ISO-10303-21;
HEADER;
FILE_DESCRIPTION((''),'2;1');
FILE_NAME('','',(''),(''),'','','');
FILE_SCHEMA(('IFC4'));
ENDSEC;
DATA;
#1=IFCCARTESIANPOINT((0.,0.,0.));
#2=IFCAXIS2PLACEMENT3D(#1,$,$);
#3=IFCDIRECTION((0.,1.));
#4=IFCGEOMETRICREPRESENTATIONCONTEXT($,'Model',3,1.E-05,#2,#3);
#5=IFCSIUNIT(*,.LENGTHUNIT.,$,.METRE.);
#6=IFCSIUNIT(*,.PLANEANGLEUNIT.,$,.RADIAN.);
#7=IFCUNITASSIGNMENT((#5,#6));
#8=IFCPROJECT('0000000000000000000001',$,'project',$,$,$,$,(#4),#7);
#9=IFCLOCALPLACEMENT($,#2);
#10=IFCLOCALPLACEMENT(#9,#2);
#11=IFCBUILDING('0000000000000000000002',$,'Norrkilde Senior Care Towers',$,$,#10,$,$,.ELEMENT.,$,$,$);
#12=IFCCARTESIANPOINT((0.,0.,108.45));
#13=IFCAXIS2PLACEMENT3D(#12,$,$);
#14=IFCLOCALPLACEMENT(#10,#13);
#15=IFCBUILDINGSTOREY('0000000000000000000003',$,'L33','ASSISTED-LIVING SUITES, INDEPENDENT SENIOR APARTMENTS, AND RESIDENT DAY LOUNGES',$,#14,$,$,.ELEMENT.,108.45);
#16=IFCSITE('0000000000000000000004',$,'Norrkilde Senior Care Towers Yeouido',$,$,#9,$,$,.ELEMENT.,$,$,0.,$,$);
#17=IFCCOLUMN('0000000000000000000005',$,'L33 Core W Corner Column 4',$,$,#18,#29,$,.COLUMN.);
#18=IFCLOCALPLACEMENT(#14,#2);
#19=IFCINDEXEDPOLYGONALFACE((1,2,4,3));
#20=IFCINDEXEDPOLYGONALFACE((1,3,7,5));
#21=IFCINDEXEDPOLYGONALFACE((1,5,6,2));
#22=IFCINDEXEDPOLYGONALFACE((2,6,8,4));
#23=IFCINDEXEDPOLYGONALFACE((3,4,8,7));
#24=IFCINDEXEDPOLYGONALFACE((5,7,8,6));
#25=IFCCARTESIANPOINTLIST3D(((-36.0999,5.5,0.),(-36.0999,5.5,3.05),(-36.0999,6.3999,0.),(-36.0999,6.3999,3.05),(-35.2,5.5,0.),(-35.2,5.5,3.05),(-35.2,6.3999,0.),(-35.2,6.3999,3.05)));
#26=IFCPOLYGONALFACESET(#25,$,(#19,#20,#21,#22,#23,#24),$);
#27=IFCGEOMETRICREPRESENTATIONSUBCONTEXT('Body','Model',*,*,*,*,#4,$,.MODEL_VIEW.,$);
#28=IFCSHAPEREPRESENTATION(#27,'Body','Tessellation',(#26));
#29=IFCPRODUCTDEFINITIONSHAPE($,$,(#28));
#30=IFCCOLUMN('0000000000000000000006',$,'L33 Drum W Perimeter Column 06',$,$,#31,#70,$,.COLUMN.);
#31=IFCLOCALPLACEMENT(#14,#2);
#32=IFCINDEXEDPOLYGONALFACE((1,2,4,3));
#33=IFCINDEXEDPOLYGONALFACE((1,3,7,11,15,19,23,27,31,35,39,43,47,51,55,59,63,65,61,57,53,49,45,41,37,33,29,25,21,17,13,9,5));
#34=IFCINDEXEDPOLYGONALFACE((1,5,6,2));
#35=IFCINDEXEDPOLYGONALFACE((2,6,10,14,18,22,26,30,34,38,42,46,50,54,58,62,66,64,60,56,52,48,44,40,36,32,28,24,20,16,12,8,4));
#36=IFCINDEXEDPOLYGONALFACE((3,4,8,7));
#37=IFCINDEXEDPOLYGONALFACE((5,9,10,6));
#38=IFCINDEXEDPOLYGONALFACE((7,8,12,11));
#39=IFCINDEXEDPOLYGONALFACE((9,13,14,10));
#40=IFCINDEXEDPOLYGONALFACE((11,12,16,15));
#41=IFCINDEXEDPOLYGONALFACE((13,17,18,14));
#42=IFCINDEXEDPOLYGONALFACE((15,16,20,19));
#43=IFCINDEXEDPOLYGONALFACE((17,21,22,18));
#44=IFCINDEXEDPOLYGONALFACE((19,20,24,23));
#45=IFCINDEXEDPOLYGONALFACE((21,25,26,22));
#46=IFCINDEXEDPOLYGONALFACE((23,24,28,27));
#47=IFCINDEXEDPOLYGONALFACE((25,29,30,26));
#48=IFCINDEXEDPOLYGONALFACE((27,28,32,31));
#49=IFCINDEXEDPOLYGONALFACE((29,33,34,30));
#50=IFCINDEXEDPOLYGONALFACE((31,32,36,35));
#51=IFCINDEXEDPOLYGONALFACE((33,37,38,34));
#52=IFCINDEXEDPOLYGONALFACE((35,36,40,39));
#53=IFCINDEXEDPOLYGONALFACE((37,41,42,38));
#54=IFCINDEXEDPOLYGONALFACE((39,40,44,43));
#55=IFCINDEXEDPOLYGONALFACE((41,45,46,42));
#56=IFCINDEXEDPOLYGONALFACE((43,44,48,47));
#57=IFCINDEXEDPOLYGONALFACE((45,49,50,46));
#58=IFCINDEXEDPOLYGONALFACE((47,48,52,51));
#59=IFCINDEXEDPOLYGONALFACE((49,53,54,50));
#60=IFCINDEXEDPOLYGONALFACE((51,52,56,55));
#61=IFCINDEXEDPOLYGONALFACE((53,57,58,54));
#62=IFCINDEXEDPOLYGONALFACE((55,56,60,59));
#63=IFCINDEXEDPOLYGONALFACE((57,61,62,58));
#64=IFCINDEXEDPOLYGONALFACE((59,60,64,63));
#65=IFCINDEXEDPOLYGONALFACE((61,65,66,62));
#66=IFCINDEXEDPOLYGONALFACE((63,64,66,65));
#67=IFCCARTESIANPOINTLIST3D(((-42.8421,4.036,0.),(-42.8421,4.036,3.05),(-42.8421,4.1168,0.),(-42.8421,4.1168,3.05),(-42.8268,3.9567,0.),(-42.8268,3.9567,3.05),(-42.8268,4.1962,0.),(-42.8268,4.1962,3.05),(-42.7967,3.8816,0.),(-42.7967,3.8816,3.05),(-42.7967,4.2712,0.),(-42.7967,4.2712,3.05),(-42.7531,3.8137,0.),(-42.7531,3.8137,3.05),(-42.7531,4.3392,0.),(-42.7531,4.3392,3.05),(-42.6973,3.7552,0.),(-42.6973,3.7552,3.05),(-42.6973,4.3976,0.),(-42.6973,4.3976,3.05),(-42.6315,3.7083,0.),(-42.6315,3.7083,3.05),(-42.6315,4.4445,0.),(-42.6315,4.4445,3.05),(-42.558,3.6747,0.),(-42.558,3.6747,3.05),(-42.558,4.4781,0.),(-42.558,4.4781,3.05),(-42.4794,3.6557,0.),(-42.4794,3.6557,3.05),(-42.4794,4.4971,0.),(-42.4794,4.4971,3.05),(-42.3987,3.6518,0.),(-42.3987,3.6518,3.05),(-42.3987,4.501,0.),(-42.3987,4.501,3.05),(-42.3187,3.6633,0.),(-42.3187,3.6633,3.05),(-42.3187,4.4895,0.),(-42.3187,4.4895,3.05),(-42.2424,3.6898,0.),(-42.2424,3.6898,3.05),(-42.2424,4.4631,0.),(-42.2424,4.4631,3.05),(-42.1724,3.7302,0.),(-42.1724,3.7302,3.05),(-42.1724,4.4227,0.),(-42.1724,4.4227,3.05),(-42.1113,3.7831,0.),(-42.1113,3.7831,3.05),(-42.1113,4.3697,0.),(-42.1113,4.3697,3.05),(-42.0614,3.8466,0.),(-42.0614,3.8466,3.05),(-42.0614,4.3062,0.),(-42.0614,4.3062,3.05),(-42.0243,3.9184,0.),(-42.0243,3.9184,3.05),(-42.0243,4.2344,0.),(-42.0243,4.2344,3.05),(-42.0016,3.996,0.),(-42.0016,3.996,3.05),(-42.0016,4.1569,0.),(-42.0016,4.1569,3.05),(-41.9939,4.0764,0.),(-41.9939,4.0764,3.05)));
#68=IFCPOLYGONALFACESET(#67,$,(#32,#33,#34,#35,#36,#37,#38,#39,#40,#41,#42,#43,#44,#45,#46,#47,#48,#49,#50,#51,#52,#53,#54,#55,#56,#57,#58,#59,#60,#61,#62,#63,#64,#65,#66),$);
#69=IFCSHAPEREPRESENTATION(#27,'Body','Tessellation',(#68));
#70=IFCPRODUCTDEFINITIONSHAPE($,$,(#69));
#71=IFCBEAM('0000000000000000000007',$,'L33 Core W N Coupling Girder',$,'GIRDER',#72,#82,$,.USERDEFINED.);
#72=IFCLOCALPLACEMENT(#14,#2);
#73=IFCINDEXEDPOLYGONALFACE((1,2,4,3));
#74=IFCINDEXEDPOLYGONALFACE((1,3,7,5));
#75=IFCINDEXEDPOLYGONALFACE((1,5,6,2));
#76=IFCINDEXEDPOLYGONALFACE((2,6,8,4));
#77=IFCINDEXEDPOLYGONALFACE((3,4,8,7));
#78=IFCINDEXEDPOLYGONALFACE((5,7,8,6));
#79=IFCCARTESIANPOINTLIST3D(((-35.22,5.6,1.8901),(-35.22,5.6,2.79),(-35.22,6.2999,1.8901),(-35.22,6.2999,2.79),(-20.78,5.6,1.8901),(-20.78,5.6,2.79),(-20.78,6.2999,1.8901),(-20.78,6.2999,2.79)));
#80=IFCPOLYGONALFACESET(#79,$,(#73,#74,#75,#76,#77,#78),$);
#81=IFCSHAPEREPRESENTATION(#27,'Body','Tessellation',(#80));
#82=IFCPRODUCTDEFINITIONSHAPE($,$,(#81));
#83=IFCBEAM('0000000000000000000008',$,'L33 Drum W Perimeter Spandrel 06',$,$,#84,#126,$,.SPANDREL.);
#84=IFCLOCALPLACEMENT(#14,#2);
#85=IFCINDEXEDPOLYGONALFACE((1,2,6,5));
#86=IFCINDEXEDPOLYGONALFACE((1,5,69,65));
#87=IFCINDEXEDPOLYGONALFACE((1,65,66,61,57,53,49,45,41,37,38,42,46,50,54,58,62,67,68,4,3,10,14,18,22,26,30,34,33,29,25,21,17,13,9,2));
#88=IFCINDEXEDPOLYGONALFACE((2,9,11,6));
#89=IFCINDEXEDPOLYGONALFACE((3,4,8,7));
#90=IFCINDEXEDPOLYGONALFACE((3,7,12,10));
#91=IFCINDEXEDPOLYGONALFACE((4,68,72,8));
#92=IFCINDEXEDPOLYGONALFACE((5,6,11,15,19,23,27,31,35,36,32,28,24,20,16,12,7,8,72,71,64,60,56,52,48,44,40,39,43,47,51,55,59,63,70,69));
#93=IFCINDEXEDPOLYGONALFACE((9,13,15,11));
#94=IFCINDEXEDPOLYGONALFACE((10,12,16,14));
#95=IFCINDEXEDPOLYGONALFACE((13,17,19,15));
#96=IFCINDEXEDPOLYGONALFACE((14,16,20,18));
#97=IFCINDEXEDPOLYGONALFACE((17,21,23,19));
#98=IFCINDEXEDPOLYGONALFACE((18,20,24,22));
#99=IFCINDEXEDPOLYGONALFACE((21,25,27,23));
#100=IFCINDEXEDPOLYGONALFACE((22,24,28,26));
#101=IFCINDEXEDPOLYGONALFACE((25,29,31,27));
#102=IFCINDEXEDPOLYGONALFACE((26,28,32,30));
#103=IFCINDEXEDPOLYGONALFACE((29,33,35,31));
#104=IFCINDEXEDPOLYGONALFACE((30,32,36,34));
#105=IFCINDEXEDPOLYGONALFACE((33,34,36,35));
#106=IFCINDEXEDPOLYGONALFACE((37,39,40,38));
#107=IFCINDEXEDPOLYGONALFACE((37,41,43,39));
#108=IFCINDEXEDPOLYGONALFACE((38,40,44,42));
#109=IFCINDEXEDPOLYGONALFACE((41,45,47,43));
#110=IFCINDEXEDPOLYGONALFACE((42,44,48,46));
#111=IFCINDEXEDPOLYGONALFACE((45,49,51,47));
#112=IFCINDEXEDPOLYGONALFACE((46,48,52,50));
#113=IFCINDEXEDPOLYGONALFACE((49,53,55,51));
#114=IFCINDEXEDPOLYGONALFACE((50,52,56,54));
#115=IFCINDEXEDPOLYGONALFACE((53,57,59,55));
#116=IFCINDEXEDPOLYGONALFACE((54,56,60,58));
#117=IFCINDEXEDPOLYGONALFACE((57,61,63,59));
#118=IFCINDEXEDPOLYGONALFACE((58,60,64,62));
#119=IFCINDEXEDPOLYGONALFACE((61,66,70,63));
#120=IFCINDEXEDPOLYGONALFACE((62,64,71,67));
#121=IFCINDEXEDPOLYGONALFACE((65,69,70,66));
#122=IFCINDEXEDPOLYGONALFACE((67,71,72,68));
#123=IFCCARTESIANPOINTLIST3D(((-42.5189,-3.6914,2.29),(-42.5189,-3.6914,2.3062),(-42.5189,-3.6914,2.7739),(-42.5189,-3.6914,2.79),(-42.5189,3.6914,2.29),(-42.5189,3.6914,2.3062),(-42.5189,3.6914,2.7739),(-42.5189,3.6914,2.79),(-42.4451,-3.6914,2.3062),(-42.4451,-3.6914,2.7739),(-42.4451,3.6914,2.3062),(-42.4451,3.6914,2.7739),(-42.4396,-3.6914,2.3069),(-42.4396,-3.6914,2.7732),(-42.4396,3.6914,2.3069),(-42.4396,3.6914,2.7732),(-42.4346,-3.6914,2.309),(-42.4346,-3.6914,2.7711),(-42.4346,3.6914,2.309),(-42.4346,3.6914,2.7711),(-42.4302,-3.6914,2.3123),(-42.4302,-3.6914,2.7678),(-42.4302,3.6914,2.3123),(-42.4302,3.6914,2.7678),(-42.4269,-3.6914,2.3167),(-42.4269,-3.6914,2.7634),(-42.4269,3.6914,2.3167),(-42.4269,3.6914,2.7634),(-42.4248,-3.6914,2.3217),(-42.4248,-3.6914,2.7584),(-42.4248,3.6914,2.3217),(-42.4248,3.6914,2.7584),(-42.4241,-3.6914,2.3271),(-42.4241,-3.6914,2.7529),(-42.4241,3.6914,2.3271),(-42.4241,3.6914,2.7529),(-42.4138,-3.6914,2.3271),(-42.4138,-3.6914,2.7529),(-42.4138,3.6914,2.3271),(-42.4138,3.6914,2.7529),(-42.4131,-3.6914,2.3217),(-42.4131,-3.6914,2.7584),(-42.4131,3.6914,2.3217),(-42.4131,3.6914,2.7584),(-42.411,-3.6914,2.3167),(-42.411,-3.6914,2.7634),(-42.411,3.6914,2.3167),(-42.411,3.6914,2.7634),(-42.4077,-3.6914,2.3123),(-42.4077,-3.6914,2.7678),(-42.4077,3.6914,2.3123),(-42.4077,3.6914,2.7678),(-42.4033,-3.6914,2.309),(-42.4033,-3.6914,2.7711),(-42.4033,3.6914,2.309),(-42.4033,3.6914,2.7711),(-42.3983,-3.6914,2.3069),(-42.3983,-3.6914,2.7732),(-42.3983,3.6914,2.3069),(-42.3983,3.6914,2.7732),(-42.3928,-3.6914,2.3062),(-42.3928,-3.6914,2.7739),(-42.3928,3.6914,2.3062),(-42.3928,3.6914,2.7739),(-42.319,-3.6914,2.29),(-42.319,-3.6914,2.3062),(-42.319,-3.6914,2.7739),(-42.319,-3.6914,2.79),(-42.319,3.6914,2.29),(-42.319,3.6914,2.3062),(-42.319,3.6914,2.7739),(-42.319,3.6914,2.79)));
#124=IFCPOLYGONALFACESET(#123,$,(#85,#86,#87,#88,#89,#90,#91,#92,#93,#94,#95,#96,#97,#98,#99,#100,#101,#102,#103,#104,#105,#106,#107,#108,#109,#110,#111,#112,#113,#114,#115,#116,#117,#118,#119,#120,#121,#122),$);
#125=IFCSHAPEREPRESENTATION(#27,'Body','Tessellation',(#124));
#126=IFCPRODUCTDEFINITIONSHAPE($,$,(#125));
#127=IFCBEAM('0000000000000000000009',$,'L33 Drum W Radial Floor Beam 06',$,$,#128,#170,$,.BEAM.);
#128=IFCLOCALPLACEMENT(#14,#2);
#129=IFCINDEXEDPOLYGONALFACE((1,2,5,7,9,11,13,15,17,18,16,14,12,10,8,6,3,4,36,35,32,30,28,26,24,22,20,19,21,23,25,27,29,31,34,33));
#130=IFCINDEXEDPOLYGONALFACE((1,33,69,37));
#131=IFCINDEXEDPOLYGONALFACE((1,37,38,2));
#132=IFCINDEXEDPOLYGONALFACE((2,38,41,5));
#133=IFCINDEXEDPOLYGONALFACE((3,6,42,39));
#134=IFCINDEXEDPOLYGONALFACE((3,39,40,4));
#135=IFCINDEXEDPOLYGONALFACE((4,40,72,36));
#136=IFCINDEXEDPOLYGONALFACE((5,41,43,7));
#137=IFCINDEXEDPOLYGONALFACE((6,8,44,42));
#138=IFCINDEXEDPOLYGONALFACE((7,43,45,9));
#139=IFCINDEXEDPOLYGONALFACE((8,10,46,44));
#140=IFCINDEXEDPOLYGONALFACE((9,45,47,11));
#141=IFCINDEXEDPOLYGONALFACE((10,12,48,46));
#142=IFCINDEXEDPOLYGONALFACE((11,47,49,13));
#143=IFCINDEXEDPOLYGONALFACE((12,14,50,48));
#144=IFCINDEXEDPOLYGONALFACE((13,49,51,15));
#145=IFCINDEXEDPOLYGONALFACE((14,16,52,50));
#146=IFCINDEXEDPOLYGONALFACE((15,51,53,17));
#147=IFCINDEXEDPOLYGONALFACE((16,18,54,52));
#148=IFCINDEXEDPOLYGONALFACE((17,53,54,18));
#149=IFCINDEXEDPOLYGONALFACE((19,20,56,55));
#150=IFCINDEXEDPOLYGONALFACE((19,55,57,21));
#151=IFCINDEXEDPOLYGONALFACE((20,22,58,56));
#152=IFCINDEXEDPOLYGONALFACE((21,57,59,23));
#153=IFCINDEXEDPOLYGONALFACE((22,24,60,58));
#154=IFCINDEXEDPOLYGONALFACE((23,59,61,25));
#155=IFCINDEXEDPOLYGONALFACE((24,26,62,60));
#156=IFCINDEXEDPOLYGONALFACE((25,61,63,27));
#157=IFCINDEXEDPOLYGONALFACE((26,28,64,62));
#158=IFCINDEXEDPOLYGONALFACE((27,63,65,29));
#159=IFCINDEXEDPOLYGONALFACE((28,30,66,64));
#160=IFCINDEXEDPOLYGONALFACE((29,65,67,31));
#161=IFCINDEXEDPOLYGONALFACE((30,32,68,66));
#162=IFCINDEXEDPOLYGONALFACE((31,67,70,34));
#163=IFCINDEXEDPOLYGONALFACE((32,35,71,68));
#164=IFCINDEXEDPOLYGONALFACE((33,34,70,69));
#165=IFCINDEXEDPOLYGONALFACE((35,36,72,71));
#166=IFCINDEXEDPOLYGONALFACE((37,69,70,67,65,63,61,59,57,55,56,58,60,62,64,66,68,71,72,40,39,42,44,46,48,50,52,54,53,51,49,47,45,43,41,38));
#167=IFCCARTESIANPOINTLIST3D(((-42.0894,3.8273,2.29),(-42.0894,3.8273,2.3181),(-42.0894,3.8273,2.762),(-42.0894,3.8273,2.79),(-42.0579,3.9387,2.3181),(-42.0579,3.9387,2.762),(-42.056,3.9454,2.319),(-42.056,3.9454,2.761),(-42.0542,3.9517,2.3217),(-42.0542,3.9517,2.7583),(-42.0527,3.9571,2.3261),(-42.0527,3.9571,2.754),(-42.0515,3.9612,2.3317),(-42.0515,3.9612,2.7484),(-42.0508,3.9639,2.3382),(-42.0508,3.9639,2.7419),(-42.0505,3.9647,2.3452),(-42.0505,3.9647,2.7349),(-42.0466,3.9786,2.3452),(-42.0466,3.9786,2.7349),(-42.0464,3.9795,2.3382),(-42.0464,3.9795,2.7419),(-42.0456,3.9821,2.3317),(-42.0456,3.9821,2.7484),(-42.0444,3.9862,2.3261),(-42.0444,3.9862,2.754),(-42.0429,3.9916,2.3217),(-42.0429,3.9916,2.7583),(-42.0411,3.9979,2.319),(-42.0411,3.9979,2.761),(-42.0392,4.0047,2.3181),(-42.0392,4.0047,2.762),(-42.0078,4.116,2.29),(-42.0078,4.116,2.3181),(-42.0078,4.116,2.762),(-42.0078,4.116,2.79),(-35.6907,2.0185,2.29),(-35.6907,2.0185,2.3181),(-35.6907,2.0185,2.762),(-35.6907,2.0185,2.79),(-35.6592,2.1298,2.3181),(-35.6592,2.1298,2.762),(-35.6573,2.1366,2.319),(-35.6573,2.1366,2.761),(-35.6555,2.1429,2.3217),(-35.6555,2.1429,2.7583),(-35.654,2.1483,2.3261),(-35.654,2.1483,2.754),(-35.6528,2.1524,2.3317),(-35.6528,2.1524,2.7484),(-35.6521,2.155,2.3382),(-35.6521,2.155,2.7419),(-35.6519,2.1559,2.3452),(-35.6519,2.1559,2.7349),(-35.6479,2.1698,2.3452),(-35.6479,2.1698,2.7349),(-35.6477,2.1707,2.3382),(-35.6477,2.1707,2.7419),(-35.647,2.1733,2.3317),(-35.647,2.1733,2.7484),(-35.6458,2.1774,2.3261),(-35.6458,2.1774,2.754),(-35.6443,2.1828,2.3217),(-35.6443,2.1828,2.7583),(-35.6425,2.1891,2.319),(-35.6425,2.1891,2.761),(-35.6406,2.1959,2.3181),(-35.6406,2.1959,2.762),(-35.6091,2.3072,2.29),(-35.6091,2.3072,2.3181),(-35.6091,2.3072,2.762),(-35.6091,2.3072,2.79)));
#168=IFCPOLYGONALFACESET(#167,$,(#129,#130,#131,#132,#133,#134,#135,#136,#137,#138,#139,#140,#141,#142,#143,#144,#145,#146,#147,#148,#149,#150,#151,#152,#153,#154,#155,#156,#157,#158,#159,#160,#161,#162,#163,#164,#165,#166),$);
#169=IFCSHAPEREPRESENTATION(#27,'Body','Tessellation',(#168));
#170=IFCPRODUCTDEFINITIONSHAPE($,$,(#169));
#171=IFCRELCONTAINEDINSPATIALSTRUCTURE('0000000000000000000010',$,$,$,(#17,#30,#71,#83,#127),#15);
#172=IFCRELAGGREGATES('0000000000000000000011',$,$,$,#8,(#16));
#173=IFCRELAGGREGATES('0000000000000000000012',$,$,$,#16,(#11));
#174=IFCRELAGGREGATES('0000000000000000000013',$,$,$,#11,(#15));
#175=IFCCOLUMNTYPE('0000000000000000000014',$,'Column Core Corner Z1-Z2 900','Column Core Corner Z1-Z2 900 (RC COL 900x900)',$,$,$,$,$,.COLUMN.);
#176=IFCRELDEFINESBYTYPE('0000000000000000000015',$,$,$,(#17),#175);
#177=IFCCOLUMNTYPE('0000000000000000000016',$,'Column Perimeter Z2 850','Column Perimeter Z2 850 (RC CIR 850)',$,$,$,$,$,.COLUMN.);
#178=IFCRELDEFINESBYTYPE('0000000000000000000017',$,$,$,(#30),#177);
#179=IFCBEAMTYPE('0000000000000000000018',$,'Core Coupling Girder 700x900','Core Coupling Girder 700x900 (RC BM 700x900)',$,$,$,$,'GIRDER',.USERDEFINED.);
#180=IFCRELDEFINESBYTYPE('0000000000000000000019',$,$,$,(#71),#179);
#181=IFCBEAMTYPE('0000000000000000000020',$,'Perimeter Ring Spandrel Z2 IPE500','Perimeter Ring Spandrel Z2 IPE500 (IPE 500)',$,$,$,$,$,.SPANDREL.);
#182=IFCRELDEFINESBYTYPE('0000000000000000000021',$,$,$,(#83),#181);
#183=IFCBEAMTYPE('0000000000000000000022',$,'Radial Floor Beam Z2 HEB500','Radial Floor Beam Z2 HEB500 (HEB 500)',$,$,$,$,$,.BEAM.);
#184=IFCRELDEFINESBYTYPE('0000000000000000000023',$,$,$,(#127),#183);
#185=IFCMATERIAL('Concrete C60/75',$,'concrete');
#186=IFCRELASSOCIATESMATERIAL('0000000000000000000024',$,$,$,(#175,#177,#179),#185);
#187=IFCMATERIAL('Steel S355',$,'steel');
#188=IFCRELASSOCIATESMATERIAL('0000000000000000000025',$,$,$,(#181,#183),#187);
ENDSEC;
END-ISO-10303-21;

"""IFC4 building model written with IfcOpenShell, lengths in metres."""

from ifc_helpers import new_model, si_unit, direction, frame, origin, origin_2d, place, context, subcontext, project, spatial, rectangle, circle, i_section, extrude, source, transform, mapped, material, material_profile, profile_set, type_object, type_shapes, element, save


model = new_model("IFC4")

# Units and contexts
model_context = context("Model", 3, precision=1e-05, world=origin(), true_north=direction((0.0, 1.0)))
body_context = subcontext(model_context, "Body", "Model", "MODEL_VIEW")
ifc_project = project(units=[si_unit("LENGTHUNIT", "METRE"), si_unit("PLANEANGLEUNIT", "RADIAN")], contexts=[model_context])

# Site, building, storey
site_placement = place(None, origin())
site = spatial("IfcSite", under=ifc_project, at=site_placement, Name="Norrkilde Senior Care Towers Yeouido", CompositionType="ELEMENT", RefElevation=0.0)
building_placement = place(site_placement, origin())
building = spatial("IfcBuilding", under=site, at=building_placement, Name="Norrkilde Senior Care Towers", CompositionType="ELEMENT")
storey_placement = place(building_placement, frame((0.0, 0.0, 108.45)))
storey = spatial("IfcBuildingStorey", under=building, at=storey_placement, Name="L33", Description="ASSISTED-LIVING SUITES, INDEPENDENT SENIOR APARTMENTS, AND RESIDENT DAY LOUNGES", CompositionType="ELEMENT", Elevation=108.45)

# Columns
ifc_material_1 = material(Name="Concrete C60/75", Category="concrete")
ifc_material_profile_1 = material_profile(ifc_material_1, rectangle(XDim=0.8999, YDim=0.8999, at=origin_2d()), Name="RC COL 900x900")
ifc_profile_set_1 = profile_set([ifc_material_profile_1], Name="Concrete C60/75")
column_type_1 = type_object("IfcColumnType", Name="Column Core Corner Z1-Z2 900", Description="Column Core Corner Z1-Z2 900 (RC COL 900x900)", PredefinedType="COLUMN", material=ifc_profile_set_1)
shared_shape_1 = source(origin(), body_context, "Body", "SweptSolid", [
    extrude(rectangle(XDim=0.8999, YDim=0.8999, at=origin_2d()), origin(), (0.0, 0.0, 1.0), 3.05),
])
type_shapes(column_type_1, [shared_shape_1])
column_1_placement = place(storey_placement, frame((-35.6499, 5.95, 0.0), z_axis=(0.0, 0.0, 1.0), x_axis=(1.0, 0.0, 0.0)))
element("IfcColumn", 1, at=column_1_placement, inside=storey, type_object=column_type_1, Name="L33 Core W Corner Column 4", PredefinedType="COLUMN", context=body_context, shape_type="MappedRepresentation", body=[
    mapped(shared_shape_1, transform((0.0, 0.0, 0.0), x_axis=(1.0, 0.0, 0.0), y_axis=(0.0, 1.0, 0.0), z_axis=(0.0, 0.0, 1.0), scale=1.0)),
])
ifc_material_profile_2 = material_profile(ifc_material_1, circle(Radius=0.425, at=origin_2d()), Name="RC CIR 850")
ifc_profile_set_2 = profile_set([ifc_material_profile_2], Name="Concrete C60/75")
column_type_2 = type_object("IfcColumnType", Name="Column Perimeter Z2 850", Description="Column Perimeter Z2 850 (RC CIR 850)", PredefinedType="COLUMN", material=ifc_profile_set_2)
shared_shape_2 = source(origin(), body_context, "Body", "SweptSolid", [
    extrude(circle(Radius=0.425, at=origin_2d()), origin(), (0.0, 0.0, 1.0), 3.05),
])
type_shapes(column_type_2, [shared_shape_2])
column_2_placement = place(storey_placement, frame((-42.4189, 4.0764, 0.0), z_axis=(0.0, 0.0, 1.0), x_axis=(1.0, 0.0, 0.0)))
element("IfcColumn", 2, at=column_2_placement, inside=storey, type_object=column_type_2, Name="L33 Drum W Perimeter Column 06", PredefinedType="COLUMN", context=body_context, shape_type="MappedRepresentation", body=[
    mapped(shared_shape_2, transform((0.0, 0.0, 0.0), x_axis=(1.0, 0.0, 0.0), y_axis=(0.0, 1.0, 0.0), z_axis=(0.0, 0.0, 1.0), scale=1.0)),
])

# Beams
ifc_material_profile_3 = material_profile(ifc_material_1, rectangle(XDim=0.7, YDim=0.8999, at=origin_2d()), Name="RC BM 700x900")
ifc_profile_set_3 = profile_set([ifc_material_profile_3], Name="Concrete C60/75")
beam_type_1 = type_object("IfcBeamType", Name="Core Coupling Girder 700x900", Description="Core Coupling Girder 700x900 (RC BM 700x900)", ElementType="GIRDER", PredefinedType="USERDEFINED", material=ifc_profile_set_3)
shared_shape_3 = source(origin(), body_context, "Body", "SweptSolid", [
    extrude(rectangle(XDim=0.7, YDim=0.8999, at=origin_2d()), origin(), (0.0, 0.0, 1.0), 14.4399),
])
type_shapes(beam_type_1, [shared_shape_3])
beam_1_placement = place(storey_placement, frame((-35.22, 5.95, 2.3401), z_axis=(1.0, 0.0, 0.0), x_axis=(0.0, 1.0, 0.0)))
element("IfcBeam", 3, at=beam_1_placement, inside=storey, type_object=beam_type_1, Name="L33 Core W N Coupling Girder", ObjectType="GIRDER", PredefinedType="USERDEFINED", context=body_context, shape_type="MappedRepresentation", body=[
    mapped(shared_shape_3, transform((0.0, 0.0, 0.0), x_axis=(1.0, 0.0, 0.0), y_axis=(0.0, 1.0, 0.0), z_axis=(0.0, 0.0, 1.0), scale=1.0)),
])
ifc_material_2 = material(Name="Steel S355", Category="steel")
ifc_material_profile_4 = material_profile(ifc_material_2, i_section(OverallWidth=0.2, OverallDepth=0.5, WebThickness=0.0103, FlangeThickness=0.0161, FilletRadius=0.021, at=origin_2d()), Name="IPE 500")
ifc_profile_set_4 = profile_set([ifc_material_profile_4], Name="Steel S355")
beam_type_2 = type_object("IfcBeamType", Name="Perimeter Ring Spandrel Z2 IPE500", Description="Perimeter Ring Spandrel Z2 IPE500 (IPE 500)", PredefinedType="SPANDREL", material=ifc_profile_set_4)
shared_shape_4 = source(origin(), body_context, "Body", "SweptSolid", [
    extrude(i_section(OverallWidth=0.2, OverallDepth=0.5, WebThickness=0.0103, FlangeThickness=0.0161, FilletRadius=0.021, at=origin_2d()), origin(), (0.0, 0.0, 1.0), 7.3828),
])
type_shapes(beam_type_2, [shared_shape_4])
beam_2_placement = place(storey_placement, frame((-42.4189, 3.6914, 2.54), z_axis=(0.0, -1.0, 0.0), x_axis=(1.0, 0.0, 0.0)))
element("IfcBeam", 4, at=beam_2_placement, inside=storey, type_object=beam_type_2, Name="L33 Drum W Perimeter Spandrel 06", PredefinedType="SPANDREL", context=body_context, shape_type="MappedRepresentation", body=[
    mapped(shared_shape_4, transform((0.0, 0.0, 0.0), x_axis=(1.0, 0.0, 0.0), y_axis=(0.0, 1.0, 0.0), z_axis=(0.0, 0.0, 1.0), scale=1.0)),
])
ifc_material_profile_5 = material_profile(ifc_material_2, i_section(OverallWidth=0.3, OverallDepth=0.5, WebThickness=0.0144, FlangeThickness=0.0281, FilletRadius=0.0271, at=origin_2d()), Name="HEB 500")
ifc_profile_set_5 = profile_set([ifc_material_profile_5], Name="Steel S355")
beam_type_3 = type_object("IfcBeamType", Name="Radial Floor Beam Z2 HEB500", Description="Radial Floor Beam Z2 HEB500 (HEB 500)", PredefinedType="BEAM", material=ifc_profile_set_5)
shared_shape_5 = source(origin(), body_context, "Body", "SweptSolid", [
    extrude(i_section(OverallWidth=0.3, OverallDepth=0.5, WebThickness=0.0144, FlangeThickness=0.0281, FilletRadius=0.0271, at=origin_2d()), origin(), (0.0, 0.0, 1.0), 6.6494),
])
type_shapes(beam_type_3, [shared_shape_5])
beam_3_placement = place(storey_placement, frame((-35.6499, 2.1628, 2.54), z_axis=(-0.962289, 0.272029, 0.0), x_axis=(-0.272029, -0.962289, 0.0)))
element("IfcBeam", 5, at=beam_3_placement, inside=storey, type_object=beam_type_3, Name="L33 Drum W Radial Floor Beam 06", PredefinedType="BEAM", context=body_context, shape_type="MappedRepresentation", body=[
    mapped(shared_shape_5, transform((0.0, 0.0, 0.0), x_axis=(1.0, 0.0, 0.0), y_axis=(0.0, 1.0, 0.0), z_axis=(0.0, 0.0, 1.0), scale=1.0)),
])

save(model, "model.ifc")
